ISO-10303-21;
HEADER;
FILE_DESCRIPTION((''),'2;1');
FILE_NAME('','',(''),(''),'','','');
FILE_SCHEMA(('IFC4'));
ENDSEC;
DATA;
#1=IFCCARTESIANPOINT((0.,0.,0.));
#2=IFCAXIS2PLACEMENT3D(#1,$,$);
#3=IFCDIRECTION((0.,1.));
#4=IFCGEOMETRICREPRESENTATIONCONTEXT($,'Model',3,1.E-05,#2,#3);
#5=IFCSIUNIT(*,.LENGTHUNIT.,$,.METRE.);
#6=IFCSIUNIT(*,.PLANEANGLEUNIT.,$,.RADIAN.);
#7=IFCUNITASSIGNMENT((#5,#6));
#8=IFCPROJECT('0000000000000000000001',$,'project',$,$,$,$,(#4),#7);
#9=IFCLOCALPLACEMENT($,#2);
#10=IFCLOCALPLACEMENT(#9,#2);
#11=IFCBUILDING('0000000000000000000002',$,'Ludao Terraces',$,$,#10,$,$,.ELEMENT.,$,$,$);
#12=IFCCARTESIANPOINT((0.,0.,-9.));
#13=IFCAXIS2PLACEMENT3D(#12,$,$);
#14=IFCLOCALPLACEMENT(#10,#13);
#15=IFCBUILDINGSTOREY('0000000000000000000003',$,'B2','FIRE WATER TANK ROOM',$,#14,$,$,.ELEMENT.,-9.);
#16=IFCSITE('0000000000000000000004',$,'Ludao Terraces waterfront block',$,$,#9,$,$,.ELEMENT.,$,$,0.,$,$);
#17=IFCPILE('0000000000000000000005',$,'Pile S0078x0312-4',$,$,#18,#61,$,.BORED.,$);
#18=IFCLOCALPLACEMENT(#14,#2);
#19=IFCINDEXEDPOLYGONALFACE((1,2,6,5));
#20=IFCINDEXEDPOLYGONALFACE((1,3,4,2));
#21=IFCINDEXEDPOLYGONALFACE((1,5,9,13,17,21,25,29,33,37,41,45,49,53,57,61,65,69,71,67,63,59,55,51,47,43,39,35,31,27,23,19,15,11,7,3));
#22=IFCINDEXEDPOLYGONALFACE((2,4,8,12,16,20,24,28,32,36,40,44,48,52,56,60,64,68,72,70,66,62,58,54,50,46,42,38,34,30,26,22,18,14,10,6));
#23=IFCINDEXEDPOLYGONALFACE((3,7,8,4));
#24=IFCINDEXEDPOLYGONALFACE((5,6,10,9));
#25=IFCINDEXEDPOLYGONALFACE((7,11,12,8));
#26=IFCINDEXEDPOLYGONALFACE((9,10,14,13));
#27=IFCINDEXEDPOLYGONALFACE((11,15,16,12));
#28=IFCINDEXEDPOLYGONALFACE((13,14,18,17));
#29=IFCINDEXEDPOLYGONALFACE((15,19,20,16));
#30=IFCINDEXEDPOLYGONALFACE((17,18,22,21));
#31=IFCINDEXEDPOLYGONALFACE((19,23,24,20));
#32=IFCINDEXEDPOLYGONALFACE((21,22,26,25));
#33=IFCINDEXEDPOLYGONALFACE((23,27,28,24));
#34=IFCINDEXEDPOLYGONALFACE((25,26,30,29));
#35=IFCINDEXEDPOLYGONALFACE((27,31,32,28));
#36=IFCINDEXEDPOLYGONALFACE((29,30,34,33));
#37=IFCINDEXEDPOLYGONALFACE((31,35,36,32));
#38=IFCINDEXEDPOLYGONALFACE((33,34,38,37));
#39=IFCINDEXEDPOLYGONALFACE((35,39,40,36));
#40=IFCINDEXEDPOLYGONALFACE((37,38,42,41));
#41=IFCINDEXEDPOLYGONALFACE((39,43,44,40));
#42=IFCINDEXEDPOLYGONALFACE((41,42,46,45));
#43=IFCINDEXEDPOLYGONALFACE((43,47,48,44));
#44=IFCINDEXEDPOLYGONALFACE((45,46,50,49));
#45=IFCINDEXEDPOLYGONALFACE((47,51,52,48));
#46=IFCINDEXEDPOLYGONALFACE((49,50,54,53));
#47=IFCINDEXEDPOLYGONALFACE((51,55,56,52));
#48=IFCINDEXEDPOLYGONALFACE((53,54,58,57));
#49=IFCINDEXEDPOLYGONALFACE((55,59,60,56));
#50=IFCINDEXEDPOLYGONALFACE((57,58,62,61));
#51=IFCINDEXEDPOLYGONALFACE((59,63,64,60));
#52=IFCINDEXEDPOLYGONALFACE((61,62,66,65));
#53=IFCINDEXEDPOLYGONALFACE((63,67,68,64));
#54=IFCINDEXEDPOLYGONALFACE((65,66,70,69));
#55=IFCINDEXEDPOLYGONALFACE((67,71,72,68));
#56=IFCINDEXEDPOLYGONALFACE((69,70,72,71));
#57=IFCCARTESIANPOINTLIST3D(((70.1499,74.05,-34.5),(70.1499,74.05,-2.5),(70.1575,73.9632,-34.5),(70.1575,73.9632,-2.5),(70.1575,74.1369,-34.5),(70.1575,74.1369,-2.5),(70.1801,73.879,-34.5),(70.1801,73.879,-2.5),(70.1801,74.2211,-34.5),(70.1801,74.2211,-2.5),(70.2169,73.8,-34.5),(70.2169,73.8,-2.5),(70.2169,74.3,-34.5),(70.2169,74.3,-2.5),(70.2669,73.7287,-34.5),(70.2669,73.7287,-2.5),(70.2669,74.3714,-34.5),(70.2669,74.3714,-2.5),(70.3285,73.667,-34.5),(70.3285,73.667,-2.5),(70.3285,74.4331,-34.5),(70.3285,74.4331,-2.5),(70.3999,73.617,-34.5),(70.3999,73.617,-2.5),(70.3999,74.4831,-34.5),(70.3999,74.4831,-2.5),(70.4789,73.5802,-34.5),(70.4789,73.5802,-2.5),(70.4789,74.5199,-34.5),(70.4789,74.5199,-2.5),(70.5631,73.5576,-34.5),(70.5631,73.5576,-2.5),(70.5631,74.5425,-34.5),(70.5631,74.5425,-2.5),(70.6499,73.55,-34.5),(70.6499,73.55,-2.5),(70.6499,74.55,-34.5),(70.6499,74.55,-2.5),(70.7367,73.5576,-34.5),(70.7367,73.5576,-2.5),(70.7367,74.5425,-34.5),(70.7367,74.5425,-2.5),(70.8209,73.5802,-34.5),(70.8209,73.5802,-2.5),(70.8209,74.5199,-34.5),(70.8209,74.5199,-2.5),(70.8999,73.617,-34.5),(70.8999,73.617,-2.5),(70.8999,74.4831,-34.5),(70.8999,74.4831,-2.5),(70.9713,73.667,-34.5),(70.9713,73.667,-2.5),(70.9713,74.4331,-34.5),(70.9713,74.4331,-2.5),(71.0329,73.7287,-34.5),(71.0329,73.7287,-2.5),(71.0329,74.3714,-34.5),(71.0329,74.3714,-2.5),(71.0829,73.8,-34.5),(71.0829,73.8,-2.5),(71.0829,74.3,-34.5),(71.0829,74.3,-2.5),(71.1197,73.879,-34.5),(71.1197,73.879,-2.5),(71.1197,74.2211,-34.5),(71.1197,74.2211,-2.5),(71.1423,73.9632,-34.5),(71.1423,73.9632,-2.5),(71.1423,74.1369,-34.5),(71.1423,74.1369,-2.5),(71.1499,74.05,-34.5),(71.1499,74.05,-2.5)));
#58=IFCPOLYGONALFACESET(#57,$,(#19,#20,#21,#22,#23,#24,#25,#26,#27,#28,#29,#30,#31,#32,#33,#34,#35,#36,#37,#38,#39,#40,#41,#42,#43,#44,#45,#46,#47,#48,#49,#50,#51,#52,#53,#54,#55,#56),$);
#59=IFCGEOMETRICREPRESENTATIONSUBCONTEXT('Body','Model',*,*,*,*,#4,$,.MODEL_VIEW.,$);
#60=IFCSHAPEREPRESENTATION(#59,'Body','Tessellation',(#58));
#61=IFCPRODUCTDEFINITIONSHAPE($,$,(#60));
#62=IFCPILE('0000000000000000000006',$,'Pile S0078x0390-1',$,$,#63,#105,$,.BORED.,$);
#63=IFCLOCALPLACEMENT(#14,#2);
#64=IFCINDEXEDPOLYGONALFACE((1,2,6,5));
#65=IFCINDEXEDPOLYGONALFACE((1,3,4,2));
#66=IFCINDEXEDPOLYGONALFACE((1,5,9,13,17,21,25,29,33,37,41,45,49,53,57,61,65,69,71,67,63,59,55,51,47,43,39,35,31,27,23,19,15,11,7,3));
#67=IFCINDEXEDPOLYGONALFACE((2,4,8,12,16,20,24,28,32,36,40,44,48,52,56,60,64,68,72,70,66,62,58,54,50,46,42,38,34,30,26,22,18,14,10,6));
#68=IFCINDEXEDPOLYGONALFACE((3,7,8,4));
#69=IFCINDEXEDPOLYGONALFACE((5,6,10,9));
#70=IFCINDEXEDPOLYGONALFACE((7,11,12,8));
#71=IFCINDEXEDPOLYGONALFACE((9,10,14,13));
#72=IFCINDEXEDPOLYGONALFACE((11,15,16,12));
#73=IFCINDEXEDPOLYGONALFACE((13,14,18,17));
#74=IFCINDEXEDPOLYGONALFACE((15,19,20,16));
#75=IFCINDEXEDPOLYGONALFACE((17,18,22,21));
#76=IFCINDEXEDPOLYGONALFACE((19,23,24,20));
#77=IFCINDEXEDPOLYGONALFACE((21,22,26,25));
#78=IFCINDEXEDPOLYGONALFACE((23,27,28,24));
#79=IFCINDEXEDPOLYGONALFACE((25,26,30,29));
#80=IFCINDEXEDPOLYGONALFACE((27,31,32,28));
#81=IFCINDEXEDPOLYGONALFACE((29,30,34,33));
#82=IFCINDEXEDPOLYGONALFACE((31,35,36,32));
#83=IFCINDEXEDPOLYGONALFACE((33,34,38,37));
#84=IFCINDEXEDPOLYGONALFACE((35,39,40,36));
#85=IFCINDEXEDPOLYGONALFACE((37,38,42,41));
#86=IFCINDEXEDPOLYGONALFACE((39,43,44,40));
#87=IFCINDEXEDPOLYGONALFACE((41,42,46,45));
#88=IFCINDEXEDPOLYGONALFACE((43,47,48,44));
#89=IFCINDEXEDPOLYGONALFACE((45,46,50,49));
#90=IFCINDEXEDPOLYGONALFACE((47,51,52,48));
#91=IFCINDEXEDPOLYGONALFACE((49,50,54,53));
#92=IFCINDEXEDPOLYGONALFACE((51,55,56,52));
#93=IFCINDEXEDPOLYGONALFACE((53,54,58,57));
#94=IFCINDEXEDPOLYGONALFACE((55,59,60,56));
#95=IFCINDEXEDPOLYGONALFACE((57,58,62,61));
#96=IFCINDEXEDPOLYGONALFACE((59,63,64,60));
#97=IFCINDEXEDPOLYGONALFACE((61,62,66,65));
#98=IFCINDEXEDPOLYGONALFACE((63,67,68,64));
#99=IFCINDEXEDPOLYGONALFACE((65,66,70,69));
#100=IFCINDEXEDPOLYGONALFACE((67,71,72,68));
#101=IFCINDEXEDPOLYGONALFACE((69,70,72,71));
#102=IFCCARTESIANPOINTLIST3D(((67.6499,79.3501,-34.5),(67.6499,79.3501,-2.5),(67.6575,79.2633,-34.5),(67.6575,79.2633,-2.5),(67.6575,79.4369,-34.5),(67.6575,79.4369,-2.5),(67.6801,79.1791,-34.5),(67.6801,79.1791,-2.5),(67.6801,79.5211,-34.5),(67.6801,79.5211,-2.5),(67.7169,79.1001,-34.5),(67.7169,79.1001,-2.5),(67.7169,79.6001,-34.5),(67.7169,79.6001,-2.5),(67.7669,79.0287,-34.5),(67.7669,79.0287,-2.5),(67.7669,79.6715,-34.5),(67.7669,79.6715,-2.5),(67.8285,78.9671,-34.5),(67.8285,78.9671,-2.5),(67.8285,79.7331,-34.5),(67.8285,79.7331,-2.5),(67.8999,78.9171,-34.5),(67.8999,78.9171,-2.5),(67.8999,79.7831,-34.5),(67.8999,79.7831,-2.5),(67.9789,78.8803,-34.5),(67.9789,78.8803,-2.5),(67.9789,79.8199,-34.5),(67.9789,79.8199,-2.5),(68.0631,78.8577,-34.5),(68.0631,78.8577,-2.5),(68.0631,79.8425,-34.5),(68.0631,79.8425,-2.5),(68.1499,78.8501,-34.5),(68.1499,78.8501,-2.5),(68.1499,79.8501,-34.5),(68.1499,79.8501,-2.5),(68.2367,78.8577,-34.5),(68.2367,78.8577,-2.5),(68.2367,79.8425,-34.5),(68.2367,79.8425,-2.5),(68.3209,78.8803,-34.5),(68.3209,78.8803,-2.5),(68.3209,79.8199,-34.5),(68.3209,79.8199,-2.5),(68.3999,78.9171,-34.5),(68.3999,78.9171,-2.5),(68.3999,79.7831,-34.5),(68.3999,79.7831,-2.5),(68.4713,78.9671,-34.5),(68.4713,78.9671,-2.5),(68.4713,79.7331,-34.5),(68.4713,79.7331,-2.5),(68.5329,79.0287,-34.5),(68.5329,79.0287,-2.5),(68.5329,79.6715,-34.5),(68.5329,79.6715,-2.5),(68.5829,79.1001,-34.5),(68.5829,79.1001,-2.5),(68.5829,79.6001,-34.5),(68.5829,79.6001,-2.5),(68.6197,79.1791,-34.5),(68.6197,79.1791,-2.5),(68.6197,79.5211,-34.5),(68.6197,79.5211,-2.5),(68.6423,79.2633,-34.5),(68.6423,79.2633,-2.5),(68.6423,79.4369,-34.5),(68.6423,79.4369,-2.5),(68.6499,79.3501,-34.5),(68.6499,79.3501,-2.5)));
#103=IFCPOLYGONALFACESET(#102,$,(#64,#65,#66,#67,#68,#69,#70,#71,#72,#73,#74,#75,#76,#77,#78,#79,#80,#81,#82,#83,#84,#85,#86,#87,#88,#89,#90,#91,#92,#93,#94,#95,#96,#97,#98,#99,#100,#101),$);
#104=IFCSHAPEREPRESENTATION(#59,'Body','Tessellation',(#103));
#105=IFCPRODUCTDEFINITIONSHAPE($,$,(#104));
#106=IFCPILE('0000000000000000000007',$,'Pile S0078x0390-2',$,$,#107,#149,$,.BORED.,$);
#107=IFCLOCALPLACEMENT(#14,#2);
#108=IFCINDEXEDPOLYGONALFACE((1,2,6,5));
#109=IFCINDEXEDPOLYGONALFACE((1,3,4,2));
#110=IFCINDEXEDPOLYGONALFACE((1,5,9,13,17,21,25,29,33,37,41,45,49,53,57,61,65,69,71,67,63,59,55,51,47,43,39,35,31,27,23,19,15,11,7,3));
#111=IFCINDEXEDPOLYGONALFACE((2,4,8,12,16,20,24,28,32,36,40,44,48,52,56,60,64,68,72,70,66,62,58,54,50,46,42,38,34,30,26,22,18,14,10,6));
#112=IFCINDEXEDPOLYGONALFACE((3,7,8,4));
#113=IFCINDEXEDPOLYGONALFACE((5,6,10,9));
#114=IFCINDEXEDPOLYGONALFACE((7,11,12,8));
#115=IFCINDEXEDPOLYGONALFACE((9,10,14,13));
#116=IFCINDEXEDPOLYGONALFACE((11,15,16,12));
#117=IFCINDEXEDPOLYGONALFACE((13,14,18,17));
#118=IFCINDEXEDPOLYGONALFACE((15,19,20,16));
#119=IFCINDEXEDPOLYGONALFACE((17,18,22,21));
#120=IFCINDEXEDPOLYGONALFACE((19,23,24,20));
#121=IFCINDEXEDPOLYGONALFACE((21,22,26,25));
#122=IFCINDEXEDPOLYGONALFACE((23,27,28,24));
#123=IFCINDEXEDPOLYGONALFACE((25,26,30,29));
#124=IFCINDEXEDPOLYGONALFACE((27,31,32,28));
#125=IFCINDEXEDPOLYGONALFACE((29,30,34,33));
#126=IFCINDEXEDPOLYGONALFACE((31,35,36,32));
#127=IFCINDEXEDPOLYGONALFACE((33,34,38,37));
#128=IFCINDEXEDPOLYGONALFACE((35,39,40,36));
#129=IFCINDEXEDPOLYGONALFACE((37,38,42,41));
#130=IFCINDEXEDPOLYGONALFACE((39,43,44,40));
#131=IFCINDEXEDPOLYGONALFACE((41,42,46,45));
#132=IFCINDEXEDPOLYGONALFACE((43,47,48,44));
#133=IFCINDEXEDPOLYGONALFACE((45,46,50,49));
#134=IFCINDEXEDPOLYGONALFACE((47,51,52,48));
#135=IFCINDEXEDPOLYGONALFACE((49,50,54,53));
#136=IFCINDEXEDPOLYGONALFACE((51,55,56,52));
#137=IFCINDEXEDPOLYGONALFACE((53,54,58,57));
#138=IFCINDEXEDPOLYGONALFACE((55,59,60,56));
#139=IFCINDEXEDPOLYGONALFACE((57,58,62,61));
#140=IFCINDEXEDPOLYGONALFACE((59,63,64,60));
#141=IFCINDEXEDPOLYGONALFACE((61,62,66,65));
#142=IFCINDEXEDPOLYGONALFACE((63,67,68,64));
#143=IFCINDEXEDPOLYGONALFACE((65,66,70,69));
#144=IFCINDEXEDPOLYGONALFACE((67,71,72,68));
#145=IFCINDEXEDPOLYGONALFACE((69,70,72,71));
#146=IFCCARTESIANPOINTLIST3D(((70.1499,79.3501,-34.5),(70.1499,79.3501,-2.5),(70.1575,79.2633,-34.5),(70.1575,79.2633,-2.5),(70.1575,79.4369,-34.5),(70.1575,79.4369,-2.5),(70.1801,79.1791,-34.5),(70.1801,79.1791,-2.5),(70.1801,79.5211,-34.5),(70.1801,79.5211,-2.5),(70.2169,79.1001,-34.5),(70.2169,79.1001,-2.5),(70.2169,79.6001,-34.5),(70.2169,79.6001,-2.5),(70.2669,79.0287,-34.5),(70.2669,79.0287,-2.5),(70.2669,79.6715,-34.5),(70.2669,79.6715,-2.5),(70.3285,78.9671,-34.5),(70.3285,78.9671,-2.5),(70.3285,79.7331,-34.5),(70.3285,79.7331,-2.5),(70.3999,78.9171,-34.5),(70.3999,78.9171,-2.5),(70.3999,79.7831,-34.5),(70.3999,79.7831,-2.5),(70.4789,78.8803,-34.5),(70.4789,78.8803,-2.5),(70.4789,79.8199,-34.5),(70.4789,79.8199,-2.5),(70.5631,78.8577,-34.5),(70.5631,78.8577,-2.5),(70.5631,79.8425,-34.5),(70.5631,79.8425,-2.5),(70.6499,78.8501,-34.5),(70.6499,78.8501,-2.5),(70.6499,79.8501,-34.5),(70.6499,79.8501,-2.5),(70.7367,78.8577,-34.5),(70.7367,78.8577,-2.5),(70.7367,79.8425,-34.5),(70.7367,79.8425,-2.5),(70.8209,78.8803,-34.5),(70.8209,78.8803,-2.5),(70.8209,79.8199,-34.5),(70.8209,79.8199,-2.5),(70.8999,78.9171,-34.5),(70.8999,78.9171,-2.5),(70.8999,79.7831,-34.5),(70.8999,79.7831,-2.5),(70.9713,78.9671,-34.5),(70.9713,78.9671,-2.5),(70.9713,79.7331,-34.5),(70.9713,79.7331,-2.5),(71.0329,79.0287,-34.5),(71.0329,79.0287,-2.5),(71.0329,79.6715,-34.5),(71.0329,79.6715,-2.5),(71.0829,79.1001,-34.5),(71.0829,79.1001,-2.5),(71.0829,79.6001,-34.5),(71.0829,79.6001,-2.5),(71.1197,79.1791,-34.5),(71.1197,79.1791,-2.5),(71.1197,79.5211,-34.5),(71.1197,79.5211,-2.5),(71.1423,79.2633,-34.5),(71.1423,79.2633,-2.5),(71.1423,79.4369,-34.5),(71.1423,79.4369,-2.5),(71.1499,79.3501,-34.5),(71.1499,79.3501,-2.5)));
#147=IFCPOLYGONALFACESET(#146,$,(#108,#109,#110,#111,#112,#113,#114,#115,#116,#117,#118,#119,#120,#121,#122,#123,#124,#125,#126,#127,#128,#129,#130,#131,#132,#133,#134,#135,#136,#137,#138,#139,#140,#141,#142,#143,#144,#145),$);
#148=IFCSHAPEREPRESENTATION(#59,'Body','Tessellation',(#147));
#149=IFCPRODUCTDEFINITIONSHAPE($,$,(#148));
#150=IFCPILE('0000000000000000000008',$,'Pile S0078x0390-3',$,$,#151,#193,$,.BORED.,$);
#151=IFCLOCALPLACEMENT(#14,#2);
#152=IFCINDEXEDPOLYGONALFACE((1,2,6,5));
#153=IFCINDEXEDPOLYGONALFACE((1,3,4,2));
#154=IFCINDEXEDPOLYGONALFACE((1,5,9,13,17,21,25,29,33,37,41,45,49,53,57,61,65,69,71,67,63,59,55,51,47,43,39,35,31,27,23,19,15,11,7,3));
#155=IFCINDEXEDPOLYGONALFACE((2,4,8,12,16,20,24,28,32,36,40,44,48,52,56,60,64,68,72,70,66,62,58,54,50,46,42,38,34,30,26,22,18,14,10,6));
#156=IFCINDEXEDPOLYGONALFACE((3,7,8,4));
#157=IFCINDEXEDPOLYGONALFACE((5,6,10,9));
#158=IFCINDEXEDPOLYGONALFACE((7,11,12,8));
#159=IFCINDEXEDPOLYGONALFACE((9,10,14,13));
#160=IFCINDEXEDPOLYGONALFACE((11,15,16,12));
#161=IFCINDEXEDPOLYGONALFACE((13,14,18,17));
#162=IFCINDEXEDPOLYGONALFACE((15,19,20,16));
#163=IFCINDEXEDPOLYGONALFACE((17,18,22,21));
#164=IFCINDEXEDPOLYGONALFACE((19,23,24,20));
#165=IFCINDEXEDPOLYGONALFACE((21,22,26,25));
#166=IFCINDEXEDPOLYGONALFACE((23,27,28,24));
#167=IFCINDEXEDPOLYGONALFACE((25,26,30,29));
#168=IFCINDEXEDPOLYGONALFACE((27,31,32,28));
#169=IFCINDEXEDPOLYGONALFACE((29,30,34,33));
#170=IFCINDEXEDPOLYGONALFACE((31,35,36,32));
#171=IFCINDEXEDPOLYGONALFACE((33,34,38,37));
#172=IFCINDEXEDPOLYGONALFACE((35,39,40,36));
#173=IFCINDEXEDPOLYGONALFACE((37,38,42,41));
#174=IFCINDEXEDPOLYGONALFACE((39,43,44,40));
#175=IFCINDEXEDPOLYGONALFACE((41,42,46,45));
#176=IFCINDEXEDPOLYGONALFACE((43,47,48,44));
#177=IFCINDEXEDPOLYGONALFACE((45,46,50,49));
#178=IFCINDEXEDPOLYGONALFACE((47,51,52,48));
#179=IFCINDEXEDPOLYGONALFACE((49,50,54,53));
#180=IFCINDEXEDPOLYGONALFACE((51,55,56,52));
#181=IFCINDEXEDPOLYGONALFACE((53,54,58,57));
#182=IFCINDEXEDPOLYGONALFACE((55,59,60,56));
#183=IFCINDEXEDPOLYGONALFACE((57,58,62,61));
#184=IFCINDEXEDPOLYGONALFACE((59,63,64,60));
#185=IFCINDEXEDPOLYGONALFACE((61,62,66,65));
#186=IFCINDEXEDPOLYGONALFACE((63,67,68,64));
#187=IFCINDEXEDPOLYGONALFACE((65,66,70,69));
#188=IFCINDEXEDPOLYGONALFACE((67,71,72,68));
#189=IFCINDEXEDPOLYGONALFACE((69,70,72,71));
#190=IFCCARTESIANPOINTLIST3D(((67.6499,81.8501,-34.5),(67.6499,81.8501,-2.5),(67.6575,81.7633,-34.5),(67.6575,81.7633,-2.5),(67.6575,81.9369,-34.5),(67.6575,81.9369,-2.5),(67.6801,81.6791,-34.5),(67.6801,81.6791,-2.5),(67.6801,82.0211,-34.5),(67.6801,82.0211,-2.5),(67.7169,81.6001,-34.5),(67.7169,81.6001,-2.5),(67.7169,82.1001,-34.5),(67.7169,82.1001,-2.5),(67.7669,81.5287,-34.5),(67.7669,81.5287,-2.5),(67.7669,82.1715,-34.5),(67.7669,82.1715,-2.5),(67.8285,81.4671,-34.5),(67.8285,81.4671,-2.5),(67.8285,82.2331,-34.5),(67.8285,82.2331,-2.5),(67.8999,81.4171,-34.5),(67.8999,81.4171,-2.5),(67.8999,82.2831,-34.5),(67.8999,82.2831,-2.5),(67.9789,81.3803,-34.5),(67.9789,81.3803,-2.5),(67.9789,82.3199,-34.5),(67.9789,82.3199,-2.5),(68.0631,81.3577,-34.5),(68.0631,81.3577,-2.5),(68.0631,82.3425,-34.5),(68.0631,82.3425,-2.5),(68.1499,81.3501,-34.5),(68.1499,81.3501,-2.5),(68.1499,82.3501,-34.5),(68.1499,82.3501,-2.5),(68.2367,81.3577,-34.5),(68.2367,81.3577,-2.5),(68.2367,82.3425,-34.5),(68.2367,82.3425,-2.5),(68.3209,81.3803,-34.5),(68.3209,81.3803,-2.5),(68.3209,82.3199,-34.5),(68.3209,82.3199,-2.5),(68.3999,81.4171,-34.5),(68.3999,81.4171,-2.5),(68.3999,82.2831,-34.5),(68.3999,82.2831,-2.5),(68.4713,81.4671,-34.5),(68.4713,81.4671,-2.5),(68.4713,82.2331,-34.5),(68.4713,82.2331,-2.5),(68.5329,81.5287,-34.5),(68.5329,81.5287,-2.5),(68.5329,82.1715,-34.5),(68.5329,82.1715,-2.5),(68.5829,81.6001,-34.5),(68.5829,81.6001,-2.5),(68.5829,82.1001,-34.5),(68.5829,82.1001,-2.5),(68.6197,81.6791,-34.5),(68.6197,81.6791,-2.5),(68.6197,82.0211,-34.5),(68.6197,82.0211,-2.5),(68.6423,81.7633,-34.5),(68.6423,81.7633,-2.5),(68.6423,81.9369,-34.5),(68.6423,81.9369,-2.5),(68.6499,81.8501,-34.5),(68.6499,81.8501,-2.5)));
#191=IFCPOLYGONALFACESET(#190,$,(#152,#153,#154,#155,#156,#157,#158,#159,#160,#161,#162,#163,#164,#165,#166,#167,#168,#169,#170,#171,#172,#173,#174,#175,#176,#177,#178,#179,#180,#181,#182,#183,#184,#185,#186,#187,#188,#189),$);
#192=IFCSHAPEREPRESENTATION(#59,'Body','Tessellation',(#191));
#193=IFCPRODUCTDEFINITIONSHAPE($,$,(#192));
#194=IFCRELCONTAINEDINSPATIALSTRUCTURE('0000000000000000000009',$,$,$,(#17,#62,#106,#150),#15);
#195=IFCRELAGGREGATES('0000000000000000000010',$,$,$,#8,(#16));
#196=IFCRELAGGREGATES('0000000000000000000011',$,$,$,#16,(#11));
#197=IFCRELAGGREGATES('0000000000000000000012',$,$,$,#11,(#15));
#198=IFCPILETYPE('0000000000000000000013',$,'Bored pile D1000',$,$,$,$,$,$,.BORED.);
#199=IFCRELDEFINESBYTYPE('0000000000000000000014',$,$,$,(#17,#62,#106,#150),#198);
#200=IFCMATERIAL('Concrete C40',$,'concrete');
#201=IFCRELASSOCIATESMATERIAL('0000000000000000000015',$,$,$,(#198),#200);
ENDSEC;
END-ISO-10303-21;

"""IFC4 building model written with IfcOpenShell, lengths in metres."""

from ifc_helpers import new_model, si_unit, direction, frame, origin, origin_2d, place, context, subcontext, project, spatial, circle, extrude, material, material_profile, profile_set, type_object, element, save


model = new_model("IFC4")

# Units and contexts
model_context = context("Model", 3, precision=1e-05, world=origin(), true_north=direction((0.0, 1.0)))
body_context = subcontext(model_context, "Body", "Model", "MODEL_VIEW")
ifc_project = project(units=[si_unit("LENGTHUNIT", "METRE"), si_unit("PLANEANGLEUNIT", "RADIAN")], contexts=[model_context])

# Site, building, storey
site_placement = place(None, origin())
site = spatial("IfcSite", under=ifc_project, at=site_placement, Name="Ludao Terraces waterfront block", CompositionType="ELEMENT", RefElevation=0.0)
building_placement = place(site_placement, origin())
building = spatial("IfcBuilding", under=site, at=building_placement, Name="Ludao Terraces", CompositionType="ELEMENT")
storey_placement = place(building_placement, frame((0.0, 0.0, -9.0)))
storey = spatial("IfcBuildingStorey", under=building, at=storey_placement, Name="B2", Description="FIRE WATER TANK ROOM", CompositionType="ELEMENT", Elevation=-9.0)

# Piles
ifc_material_1 = material(Name="Concrete C40", Category="concrete")
ifc_material_profile_1 = material_profile(ifc_material_1, circle(Radius=0.5, at=origin_2d()), Name="D1000 BORED PILE")
ifc_profile_set_1 = profile_set([ifc_material_profile_1], Name="Concrete C40")
pile_type = type_object("IfcPileType", Name="Bored pile D1000", PredefinedType="BORED", material=ifc_profile_set_1)
for number, where, z_axis, x_axis, name in (
    (1, (70.6499, 74.05, -2.5), (0.0, 0.0, -1.0), (1.0, 0.0, 0.0), "Pile S0078x0312-4"),
    (2, (68.1499, 79.3501, -2.5), (0.0, 0.0, -1.0), (1.0, 0.0, 0.0), "Pile S0078x0390-1"),
    (3, (70.6499, 79.3501, -2.5), (0.0, 0.0, -1.0), (1.0, 0.0, 0.0), "Pile S0078x0390-2"),
    (4, (68.1499, 81.8501, -2.5), (0.0, 0.0, -1.0), (1.0, 0.0, 0.0), "Pile S0078x0390-3"),
):
    element("IfcPile", number, at=place(storey_placement, frame(where, z_axis=z_axis, x_axis=x_axis)), inside=storey, type_object=pile_type, Name=name, PredefinedType="BORED", context=body_context, shape_type="SweptSolid", body=[
        extrude(circle(Radius=0.5, at=origin_2d()), origin(), (0.0, 0.0, 1.0), 32.0),
    ])

save(model, "model.ifc")
